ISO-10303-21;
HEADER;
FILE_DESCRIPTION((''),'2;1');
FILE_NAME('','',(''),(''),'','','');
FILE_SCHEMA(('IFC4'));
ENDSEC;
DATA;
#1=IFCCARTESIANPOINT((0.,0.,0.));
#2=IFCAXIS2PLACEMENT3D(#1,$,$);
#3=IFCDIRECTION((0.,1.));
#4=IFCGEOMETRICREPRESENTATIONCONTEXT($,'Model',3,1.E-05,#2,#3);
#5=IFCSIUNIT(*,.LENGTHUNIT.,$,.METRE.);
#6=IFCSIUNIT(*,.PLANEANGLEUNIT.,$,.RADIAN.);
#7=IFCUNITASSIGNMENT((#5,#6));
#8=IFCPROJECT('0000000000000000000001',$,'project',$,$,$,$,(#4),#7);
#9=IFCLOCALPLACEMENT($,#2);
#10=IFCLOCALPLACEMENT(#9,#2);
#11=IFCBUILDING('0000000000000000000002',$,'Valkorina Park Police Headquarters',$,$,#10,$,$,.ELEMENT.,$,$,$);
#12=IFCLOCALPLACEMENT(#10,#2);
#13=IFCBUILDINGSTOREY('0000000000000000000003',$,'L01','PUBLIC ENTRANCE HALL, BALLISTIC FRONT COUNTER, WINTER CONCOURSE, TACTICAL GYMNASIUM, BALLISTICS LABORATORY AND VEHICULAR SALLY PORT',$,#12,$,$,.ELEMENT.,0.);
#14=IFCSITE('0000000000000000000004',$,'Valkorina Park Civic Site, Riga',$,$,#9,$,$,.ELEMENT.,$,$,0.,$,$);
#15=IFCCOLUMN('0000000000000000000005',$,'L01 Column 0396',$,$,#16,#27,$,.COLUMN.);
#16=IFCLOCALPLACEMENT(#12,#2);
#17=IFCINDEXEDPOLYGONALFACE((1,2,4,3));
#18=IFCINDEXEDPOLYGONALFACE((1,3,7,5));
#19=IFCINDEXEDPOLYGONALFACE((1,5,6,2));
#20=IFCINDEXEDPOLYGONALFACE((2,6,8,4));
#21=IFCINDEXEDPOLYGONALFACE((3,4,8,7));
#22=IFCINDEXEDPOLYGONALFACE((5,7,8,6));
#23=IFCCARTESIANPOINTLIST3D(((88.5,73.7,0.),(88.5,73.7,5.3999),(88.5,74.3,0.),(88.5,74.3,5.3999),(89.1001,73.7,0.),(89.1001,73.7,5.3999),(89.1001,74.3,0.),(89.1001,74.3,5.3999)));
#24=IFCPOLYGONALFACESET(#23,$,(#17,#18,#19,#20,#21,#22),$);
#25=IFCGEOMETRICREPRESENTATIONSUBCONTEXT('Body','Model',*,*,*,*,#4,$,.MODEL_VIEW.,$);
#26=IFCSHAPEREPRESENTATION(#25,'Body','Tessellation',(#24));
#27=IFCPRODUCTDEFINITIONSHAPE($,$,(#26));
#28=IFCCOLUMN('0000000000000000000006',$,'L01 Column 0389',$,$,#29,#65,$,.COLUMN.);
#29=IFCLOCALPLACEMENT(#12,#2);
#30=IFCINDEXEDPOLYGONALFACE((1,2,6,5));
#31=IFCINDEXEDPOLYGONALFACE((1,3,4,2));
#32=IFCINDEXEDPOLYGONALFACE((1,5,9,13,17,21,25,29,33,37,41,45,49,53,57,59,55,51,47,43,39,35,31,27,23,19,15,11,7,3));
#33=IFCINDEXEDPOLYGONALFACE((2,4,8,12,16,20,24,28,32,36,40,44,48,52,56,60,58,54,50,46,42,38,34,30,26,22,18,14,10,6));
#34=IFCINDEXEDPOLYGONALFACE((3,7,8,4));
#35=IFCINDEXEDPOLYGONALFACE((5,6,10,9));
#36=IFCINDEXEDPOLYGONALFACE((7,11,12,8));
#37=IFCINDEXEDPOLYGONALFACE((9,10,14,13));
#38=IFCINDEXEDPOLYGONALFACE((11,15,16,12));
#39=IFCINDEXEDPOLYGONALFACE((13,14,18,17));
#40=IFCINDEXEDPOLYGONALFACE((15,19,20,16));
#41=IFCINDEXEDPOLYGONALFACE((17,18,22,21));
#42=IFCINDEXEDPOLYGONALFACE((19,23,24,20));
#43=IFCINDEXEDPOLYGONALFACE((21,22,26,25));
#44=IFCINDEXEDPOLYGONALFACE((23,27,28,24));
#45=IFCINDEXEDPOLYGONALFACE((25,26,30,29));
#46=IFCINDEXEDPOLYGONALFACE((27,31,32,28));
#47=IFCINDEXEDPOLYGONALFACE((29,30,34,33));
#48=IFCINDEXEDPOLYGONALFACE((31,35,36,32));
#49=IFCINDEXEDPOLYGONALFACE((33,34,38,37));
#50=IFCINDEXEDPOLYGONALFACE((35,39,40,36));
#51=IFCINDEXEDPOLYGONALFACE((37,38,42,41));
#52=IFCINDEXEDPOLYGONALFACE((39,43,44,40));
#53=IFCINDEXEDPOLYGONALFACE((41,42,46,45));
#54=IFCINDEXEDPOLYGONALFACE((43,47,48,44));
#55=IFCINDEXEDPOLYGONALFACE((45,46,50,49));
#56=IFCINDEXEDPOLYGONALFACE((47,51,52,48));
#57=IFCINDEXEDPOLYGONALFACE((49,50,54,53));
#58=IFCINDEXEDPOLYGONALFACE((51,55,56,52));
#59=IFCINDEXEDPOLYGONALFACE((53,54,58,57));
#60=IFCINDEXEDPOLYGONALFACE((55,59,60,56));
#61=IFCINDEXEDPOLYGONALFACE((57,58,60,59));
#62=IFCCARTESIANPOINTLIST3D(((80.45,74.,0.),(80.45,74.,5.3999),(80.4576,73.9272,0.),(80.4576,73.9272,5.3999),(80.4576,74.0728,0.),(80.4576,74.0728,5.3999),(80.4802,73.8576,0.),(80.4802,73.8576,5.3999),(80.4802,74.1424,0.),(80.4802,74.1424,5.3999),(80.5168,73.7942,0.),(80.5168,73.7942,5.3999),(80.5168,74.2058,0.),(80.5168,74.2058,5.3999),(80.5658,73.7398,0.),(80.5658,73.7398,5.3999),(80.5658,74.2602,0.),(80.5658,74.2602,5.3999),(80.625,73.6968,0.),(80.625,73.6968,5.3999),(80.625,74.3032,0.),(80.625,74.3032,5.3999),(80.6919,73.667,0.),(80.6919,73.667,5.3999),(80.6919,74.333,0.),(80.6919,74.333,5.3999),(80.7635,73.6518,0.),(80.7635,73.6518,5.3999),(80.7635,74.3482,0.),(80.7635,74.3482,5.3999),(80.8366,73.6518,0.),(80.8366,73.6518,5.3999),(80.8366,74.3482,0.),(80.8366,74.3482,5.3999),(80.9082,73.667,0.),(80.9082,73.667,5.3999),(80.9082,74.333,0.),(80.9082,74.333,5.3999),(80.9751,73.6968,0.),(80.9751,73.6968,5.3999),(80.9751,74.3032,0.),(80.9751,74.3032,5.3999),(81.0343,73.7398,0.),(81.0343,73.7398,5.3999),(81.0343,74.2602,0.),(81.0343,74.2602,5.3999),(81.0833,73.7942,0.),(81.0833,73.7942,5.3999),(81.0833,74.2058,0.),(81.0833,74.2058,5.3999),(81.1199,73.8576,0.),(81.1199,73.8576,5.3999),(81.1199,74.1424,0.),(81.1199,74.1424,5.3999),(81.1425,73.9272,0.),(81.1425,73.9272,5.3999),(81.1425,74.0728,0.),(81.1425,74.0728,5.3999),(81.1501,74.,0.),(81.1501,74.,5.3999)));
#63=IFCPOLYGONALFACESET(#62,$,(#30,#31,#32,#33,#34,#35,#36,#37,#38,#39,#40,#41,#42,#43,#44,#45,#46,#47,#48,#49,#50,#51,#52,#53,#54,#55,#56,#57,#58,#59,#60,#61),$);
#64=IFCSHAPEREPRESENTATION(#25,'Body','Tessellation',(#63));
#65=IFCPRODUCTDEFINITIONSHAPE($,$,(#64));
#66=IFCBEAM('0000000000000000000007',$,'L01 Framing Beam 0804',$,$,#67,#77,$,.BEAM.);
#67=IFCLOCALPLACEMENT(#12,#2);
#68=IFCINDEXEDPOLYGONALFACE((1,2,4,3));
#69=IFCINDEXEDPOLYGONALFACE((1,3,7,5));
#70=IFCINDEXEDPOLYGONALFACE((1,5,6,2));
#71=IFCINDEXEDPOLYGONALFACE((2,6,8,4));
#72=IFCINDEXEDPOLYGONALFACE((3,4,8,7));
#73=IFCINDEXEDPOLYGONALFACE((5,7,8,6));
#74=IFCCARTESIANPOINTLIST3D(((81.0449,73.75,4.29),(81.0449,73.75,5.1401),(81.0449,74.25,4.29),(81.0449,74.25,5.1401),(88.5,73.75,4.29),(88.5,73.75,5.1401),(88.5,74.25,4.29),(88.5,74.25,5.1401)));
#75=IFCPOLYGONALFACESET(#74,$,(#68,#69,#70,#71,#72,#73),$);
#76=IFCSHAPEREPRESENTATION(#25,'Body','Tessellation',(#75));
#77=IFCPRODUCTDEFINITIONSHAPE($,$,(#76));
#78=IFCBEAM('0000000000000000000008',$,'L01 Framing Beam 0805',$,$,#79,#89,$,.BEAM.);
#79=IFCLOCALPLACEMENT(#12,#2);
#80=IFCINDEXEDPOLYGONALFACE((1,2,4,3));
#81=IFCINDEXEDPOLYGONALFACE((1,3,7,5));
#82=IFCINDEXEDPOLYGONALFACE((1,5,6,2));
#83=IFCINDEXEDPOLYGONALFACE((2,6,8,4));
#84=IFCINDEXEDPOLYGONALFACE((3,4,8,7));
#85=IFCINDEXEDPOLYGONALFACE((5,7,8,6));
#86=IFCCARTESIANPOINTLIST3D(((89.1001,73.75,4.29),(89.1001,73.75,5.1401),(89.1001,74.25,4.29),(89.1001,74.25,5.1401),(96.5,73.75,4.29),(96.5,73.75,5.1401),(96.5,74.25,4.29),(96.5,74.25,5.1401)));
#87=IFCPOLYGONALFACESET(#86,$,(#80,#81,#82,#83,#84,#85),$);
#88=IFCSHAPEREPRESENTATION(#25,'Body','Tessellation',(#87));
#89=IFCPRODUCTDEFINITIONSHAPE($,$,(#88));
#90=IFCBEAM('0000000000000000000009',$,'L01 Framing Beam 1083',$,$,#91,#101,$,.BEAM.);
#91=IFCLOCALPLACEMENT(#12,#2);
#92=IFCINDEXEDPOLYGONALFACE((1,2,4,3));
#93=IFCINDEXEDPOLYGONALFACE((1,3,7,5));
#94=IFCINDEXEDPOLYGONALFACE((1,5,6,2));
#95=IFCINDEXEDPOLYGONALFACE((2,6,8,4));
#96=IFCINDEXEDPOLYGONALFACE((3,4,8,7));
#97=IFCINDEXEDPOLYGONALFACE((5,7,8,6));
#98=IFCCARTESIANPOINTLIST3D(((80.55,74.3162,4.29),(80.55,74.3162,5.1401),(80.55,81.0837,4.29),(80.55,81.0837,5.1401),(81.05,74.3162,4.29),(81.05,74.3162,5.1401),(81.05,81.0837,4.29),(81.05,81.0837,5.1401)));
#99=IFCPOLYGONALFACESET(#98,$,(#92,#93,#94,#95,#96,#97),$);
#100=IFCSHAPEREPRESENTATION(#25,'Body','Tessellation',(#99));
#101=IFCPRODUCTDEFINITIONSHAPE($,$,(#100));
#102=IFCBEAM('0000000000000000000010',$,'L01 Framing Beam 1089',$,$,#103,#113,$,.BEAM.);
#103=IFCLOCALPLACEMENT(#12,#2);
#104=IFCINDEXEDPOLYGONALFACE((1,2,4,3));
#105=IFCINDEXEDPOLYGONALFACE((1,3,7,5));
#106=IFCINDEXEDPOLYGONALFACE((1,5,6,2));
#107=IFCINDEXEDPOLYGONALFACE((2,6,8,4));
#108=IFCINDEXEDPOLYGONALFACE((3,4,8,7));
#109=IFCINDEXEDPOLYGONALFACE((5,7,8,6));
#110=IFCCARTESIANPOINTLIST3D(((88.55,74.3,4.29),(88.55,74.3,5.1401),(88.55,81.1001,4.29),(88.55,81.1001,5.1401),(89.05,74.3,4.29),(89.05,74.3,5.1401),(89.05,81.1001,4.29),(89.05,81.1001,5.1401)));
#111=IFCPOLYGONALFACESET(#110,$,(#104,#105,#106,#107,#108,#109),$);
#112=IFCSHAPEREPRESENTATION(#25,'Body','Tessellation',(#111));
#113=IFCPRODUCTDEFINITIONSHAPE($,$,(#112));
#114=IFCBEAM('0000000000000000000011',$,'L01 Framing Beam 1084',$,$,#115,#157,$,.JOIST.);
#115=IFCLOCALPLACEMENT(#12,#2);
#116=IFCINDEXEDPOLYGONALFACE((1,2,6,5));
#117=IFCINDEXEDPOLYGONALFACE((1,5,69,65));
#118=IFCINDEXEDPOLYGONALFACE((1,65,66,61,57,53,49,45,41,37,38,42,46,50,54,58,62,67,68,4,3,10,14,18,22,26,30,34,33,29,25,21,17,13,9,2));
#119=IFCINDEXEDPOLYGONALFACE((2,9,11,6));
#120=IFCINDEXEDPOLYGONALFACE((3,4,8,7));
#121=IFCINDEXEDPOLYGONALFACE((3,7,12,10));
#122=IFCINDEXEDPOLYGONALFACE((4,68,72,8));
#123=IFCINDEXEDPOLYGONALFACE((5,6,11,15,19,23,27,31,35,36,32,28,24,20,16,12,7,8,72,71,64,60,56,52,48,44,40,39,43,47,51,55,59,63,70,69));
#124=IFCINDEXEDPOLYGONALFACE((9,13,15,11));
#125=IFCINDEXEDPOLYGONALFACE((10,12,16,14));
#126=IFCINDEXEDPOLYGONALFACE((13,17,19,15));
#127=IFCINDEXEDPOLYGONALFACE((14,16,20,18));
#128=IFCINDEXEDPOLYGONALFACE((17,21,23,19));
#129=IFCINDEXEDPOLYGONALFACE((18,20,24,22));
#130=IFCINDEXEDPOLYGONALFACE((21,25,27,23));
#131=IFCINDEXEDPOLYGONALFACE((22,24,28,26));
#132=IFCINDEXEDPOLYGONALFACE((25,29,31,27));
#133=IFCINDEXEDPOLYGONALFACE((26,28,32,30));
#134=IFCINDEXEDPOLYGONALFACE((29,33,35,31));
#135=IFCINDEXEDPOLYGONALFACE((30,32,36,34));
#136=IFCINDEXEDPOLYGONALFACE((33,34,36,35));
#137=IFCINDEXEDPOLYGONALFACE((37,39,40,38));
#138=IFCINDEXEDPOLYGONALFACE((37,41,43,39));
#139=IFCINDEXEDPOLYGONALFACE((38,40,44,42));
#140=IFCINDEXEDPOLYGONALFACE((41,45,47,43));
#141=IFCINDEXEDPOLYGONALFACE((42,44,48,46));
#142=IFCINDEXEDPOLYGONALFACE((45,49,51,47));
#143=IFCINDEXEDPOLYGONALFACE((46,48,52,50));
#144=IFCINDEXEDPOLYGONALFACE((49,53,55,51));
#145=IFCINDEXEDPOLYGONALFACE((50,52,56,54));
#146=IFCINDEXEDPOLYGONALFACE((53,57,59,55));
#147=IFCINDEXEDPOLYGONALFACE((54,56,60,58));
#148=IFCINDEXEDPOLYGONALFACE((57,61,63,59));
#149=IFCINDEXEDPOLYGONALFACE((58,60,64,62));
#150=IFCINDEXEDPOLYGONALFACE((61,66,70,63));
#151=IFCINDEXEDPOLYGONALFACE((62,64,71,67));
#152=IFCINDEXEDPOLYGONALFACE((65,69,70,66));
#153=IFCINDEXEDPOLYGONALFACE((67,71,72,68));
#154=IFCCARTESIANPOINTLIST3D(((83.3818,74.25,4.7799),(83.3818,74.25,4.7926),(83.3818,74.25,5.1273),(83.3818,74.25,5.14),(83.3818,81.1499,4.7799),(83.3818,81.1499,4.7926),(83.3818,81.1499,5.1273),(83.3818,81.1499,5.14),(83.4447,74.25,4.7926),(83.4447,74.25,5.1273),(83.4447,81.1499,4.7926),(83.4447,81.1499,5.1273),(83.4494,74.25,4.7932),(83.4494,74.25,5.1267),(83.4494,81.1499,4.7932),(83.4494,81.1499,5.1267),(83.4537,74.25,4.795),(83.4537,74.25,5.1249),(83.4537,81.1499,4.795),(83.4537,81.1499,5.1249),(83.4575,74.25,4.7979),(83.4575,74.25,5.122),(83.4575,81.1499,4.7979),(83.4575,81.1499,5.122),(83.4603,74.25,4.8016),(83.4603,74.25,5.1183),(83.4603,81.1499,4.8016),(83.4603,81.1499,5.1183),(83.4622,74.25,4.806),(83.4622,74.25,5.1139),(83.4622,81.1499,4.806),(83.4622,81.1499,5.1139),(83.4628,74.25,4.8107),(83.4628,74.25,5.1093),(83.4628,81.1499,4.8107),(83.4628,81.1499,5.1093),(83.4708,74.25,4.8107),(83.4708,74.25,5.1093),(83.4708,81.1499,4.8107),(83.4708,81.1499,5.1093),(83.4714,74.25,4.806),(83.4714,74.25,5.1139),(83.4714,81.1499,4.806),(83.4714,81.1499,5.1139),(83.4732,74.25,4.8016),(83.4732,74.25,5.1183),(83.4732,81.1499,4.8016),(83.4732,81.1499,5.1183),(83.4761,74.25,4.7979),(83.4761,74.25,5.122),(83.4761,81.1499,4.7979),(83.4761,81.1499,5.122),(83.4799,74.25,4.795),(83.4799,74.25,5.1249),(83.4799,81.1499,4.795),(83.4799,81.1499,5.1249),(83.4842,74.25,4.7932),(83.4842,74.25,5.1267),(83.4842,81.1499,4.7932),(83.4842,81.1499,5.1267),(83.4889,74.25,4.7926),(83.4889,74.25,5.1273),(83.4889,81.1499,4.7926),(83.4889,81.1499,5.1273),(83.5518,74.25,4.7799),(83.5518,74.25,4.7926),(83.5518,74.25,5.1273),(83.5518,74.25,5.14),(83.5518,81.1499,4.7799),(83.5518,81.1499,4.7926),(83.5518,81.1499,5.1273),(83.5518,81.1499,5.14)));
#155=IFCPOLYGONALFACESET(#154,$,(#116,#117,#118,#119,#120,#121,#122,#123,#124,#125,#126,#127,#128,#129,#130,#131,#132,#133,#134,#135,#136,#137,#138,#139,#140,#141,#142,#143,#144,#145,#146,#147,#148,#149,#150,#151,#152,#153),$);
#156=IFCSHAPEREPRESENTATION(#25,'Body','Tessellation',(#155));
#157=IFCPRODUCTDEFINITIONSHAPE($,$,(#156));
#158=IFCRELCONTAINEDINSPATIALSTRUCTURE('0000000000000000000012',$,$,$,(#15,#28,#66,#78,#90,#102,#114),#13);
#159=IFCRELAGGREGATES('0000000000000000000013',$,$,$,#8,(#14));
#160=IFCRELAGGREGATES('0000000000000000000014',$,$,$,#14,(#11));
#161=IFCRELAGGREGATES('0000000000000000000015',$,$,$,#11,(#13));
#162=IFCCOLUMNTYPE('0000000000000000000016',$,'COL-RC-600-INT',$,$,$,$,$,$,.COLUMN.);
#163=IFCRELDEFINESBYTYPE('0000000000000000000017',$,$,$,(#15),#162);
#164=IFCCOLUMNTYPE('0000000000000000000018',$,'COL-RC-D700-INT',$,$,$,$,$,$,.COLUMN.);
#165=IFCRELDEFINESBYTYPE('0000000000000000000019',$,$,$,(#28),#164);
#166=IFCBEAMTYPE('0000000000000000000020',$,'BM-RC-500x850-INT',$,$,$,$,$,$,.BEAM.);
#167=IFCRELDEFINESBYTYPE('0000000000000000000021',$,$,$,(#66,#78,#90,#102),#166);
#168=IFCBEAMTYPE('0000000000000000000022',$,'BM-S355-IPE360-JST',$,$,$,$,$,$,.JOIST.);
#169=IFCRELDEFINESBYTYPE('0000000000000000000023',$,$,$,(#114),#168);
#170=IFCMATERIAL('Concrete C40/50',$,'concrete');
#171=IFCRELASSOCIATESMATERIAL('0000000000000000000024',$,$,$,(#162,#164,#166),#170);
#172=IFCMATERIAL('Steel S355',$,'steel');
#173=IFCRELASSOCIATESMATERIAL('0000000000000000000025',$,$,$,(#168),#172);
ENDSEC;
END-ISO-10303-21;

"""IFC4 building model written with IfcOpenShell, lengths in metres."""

from ifc_helpers import new_model, si_unit, direction, frame, origin, origin_2d, place, context, subcontext, project, spatial, rectangle, circle, i_section, extrude, material, material_profile, profile_set, type_object, element, save


model = new_model("IFC4")

# Units and contexts
model_context = context("Model", 3, precision=1e-05, world=origin(), true_north=direction((0.0, 1.0)))
body_context = subcontext(model_context, "Body", "Model", "MODEL_VIEW")
ifc_project = project(units=[si_unit("LENGTHUNIT", "METRE"), si_unit("PLANEANGLEUNIT", "RADIAN")], contexts=[model_context])

# Site, building, storey
site_placement = place(None, origin())
site = spatial("IfcSite", under=ifc_project, at=site_placement, Name="Valkorina Park Civic Site, Riga", CompositionType="ELEMENT", RefElevation=0.0)
building_placement = place(site_placement, origin())
building = spatial("IfcBuilding", under=site, at=building_placement, Name="Valkorina Park Police Headquarters", CompositionType="ELEMENT")
storey_placement = place(building_placement, origin())
storey = spatial("IfcBuildingStorey", under=building, at=storey_placement, Name="L01", Description="PUBLIC ENTRANCE HALL, BALLISTIC FRONT COUNTER, WINTER CONCOURSE, TACTICAL GYMNASIUM, BALLISTICS LABORATORY AND VEHICULAR SALLY PORT", CompositionType="ELEMENT", Elevation=0.0)

# Columns
ifc_material_1 = material(Name="Concrete C40/50", Category="concrete")
ifc_material_profile_1 = material_profile(ifc_material_1, rectangle(XDim=0.6001, YDim=0.6001, at=origin_2d()), Name="RC COL 600x600")
ifc_profile_set_1 = profile_set([ifc_material_profile_1], Name="Concrete C40/50")
column_type_1 = type_object("IfcColumnType", Name="COL-RC-600-INT", PredefinedType="COLUMN", material=ifc_profile_set_1)
column_1_placement = place(storey_placement, frame((88.8, 74.0, 0.0), z_axis=(0.0, 0.0, 1.0), x_axis=(1.0, 0.0, 0.0)))
element("IfcColumn", 1, at=column_1_placement, inside=storey, type_object=column_type_1, Name="L01 Column 0396", PredefinedType="COLUMN", context=body_context, shape_type="SweptSolid", body=[
    extrude(rectangle(XDim=0.6001, YDim=0.6001, at=origin_2d()), origin(), (0.0, 0.0, 1.0), 5.3999),
])
ifc_material_profile_2 = material_profile(ifc_material_1, circle(Radius=0.3501, at=origin_2d()), Name="RC COL D700")
ifc_profile_set_2 = profile_set([ifc_material_profile_2], Name="Concrete C40/50")
column_type_2 = type_object("IfcColumnType", Name="COL-RC-D700-INT", PredefinedType="COLUMN", material=ifc_profile_set_2)
column_2_placement = place(storey_placement, frame((80.8, 74.0, 0.0), z_axis=(0.0, 0.0, 1.0), x_axis=(1.0, 0.0, 0.0)))
element("IfcColumn", 2, at=column_2_placement, inside=storey, type_object=column_type_2, Name="L01 Column 0389", PredefinedType="COLUMN", context=body_context, shape_type="SweptSolid", body=[
    extrude(circle(Radius=0.3501, at=origin_2d()), origin(), (0.0, 0.0, 1.0), 5.3999),
])

# Beams
ifc_material_profile_3 = material_profile(ifc_material_1, rectangle(XDim=0.5, YDim=0.8501, at=origin_2d()), Name="RC BEAM 500x850")
ifc_profile_set_3 = profile_set([ifc_material_profile_3], Name="Concrete C40/50")
beam_type_1 = type_object("IfcBeamType", Name="BM-RC-500x850-INT", PredefinedType="BEAM", material=ifc_profile_set_3)
beam_1_placement = place(storey_placement, frame((81.0449, 74.0, 4.7151), z_axis=(1.0, 0.0, 0.0), x_axis=(0.0, 1.0, 0.0)))
element("IfcBeam", 3, at=beam_1_placement, inside=storey, type_object=beam_type_1, Name="L01 Framing Beam 0804", PredefinedType="BEAM", context=body_context, shape_type="SweptSolid", body=[
    extrude(rectangle(XDim=0.5, YDim=0.8501, at=origin_2d()), origin(), (0.0, 0.0, 1.0), 7.4551),
])
beam_2_placement = place(storey_placement, frame((89.1001, 74.0, 4.7151), z_axis=(1.0, 0.0, 0.0), x_axis=(0.0, 1.0, 0.0)))
element("IfcBeam", 4, at=beam_2_placement, inside=storey, type_object=beam_type_1, Name="L01 Framing Beam 0805", PredefinedType="BEAM", context=body_context, shape_type="SweptSolid", body=[
    extrude(rectangle(XDim=0.5, YDim=0.8501, at=origin_2d()), origin(), (0.0, 0.0, 1.0), 7.3999),
])
beam_3_placement = place(storey_placement, frame((80.8, 74.3162, 4.7151), z_axis=(0.0, 1.0, 0.0), x_axis=(-1.0, 0.0, 0.0)))
element("IfcBeam", 5, at=beam_3_placement, inside=storey, type_object=beam_type_1, Name="L01 Framing Beam 1083", PredefinedType="BEAM", context=body_context, shape_type="SweptSolid", body=[
    extrude(rectangle(XDim=0.5, YDim=0.8501, at=origin_2d()), origin(), (0.0, 0.0, 1.0), 6.7676),
])
beam_4_placement = place(storey_placement, frame((88.8, 74.3, 4.7151), z_axis=(0.0, 1.0, 0.0), x_axis=(-1.0, 0.0, 0.0)))
element("IfcBeam", 6, at=beam_4_placement, inside=storey, type_object=beam_type_1, Name="L01 Framing Beam 1089", PredefinedType="BEAM", context=body_context, shape_type="SweptSolid", body=[
    extrude(rectangle(XDim=0.5, YDim=0.8501, at=origin_2d()), origin(), (0.0, 0.0, 1.0), 6.8),
])
ifc_material_2 = material(Name="Steel S355", Category="steel")
ifc_material_profile_4 = material_profile(ifc_material_2, i_section(OverallWidth=0.1699, OverallDepth=0.3601, WebThickness=0.0081, FlangeThickness=0.0127, FilletRadius=0.0181, at=origin_2d()), Name="IPE 360")
ifc_profile_set_4 = profile_set([ifc_material_profile_4], Name="Steel S355")
beam_type_2 = type_object("IfcBeamType", Name="BM-S355-IPE360-JST", PredefinedType="JOIST", material=ifc_profile_set_4)
for number, where, z_axis, x_axis, name in (
    (7, (83.4668, 74.25, 4.96), (0.0, 1.0, 0.0), (-1.0, 0.0, 0.0), "L01 Framing Beam 1084"),
):
    element("IfcBeam", number, at=place(storey_placement, frame(where, z_axis=z_axis, x_axis=x_axis)), inside=storey, type_object=beam_type_2, Name=name, PredefinedType="JOIST", context=body_context, shape_type="SweptSolid", body=[
        extrude(i_section(OverallWidth=0.1699, OverallDepth=0.3601, WebThickness=0.0081, FlangeThickness=0.0127, FilletRadius=0.0181, at=origin_2d()), origin(), (0.0, 0.0, 1.0), 6.8999),
    ])

save(model, "model.ifc")
